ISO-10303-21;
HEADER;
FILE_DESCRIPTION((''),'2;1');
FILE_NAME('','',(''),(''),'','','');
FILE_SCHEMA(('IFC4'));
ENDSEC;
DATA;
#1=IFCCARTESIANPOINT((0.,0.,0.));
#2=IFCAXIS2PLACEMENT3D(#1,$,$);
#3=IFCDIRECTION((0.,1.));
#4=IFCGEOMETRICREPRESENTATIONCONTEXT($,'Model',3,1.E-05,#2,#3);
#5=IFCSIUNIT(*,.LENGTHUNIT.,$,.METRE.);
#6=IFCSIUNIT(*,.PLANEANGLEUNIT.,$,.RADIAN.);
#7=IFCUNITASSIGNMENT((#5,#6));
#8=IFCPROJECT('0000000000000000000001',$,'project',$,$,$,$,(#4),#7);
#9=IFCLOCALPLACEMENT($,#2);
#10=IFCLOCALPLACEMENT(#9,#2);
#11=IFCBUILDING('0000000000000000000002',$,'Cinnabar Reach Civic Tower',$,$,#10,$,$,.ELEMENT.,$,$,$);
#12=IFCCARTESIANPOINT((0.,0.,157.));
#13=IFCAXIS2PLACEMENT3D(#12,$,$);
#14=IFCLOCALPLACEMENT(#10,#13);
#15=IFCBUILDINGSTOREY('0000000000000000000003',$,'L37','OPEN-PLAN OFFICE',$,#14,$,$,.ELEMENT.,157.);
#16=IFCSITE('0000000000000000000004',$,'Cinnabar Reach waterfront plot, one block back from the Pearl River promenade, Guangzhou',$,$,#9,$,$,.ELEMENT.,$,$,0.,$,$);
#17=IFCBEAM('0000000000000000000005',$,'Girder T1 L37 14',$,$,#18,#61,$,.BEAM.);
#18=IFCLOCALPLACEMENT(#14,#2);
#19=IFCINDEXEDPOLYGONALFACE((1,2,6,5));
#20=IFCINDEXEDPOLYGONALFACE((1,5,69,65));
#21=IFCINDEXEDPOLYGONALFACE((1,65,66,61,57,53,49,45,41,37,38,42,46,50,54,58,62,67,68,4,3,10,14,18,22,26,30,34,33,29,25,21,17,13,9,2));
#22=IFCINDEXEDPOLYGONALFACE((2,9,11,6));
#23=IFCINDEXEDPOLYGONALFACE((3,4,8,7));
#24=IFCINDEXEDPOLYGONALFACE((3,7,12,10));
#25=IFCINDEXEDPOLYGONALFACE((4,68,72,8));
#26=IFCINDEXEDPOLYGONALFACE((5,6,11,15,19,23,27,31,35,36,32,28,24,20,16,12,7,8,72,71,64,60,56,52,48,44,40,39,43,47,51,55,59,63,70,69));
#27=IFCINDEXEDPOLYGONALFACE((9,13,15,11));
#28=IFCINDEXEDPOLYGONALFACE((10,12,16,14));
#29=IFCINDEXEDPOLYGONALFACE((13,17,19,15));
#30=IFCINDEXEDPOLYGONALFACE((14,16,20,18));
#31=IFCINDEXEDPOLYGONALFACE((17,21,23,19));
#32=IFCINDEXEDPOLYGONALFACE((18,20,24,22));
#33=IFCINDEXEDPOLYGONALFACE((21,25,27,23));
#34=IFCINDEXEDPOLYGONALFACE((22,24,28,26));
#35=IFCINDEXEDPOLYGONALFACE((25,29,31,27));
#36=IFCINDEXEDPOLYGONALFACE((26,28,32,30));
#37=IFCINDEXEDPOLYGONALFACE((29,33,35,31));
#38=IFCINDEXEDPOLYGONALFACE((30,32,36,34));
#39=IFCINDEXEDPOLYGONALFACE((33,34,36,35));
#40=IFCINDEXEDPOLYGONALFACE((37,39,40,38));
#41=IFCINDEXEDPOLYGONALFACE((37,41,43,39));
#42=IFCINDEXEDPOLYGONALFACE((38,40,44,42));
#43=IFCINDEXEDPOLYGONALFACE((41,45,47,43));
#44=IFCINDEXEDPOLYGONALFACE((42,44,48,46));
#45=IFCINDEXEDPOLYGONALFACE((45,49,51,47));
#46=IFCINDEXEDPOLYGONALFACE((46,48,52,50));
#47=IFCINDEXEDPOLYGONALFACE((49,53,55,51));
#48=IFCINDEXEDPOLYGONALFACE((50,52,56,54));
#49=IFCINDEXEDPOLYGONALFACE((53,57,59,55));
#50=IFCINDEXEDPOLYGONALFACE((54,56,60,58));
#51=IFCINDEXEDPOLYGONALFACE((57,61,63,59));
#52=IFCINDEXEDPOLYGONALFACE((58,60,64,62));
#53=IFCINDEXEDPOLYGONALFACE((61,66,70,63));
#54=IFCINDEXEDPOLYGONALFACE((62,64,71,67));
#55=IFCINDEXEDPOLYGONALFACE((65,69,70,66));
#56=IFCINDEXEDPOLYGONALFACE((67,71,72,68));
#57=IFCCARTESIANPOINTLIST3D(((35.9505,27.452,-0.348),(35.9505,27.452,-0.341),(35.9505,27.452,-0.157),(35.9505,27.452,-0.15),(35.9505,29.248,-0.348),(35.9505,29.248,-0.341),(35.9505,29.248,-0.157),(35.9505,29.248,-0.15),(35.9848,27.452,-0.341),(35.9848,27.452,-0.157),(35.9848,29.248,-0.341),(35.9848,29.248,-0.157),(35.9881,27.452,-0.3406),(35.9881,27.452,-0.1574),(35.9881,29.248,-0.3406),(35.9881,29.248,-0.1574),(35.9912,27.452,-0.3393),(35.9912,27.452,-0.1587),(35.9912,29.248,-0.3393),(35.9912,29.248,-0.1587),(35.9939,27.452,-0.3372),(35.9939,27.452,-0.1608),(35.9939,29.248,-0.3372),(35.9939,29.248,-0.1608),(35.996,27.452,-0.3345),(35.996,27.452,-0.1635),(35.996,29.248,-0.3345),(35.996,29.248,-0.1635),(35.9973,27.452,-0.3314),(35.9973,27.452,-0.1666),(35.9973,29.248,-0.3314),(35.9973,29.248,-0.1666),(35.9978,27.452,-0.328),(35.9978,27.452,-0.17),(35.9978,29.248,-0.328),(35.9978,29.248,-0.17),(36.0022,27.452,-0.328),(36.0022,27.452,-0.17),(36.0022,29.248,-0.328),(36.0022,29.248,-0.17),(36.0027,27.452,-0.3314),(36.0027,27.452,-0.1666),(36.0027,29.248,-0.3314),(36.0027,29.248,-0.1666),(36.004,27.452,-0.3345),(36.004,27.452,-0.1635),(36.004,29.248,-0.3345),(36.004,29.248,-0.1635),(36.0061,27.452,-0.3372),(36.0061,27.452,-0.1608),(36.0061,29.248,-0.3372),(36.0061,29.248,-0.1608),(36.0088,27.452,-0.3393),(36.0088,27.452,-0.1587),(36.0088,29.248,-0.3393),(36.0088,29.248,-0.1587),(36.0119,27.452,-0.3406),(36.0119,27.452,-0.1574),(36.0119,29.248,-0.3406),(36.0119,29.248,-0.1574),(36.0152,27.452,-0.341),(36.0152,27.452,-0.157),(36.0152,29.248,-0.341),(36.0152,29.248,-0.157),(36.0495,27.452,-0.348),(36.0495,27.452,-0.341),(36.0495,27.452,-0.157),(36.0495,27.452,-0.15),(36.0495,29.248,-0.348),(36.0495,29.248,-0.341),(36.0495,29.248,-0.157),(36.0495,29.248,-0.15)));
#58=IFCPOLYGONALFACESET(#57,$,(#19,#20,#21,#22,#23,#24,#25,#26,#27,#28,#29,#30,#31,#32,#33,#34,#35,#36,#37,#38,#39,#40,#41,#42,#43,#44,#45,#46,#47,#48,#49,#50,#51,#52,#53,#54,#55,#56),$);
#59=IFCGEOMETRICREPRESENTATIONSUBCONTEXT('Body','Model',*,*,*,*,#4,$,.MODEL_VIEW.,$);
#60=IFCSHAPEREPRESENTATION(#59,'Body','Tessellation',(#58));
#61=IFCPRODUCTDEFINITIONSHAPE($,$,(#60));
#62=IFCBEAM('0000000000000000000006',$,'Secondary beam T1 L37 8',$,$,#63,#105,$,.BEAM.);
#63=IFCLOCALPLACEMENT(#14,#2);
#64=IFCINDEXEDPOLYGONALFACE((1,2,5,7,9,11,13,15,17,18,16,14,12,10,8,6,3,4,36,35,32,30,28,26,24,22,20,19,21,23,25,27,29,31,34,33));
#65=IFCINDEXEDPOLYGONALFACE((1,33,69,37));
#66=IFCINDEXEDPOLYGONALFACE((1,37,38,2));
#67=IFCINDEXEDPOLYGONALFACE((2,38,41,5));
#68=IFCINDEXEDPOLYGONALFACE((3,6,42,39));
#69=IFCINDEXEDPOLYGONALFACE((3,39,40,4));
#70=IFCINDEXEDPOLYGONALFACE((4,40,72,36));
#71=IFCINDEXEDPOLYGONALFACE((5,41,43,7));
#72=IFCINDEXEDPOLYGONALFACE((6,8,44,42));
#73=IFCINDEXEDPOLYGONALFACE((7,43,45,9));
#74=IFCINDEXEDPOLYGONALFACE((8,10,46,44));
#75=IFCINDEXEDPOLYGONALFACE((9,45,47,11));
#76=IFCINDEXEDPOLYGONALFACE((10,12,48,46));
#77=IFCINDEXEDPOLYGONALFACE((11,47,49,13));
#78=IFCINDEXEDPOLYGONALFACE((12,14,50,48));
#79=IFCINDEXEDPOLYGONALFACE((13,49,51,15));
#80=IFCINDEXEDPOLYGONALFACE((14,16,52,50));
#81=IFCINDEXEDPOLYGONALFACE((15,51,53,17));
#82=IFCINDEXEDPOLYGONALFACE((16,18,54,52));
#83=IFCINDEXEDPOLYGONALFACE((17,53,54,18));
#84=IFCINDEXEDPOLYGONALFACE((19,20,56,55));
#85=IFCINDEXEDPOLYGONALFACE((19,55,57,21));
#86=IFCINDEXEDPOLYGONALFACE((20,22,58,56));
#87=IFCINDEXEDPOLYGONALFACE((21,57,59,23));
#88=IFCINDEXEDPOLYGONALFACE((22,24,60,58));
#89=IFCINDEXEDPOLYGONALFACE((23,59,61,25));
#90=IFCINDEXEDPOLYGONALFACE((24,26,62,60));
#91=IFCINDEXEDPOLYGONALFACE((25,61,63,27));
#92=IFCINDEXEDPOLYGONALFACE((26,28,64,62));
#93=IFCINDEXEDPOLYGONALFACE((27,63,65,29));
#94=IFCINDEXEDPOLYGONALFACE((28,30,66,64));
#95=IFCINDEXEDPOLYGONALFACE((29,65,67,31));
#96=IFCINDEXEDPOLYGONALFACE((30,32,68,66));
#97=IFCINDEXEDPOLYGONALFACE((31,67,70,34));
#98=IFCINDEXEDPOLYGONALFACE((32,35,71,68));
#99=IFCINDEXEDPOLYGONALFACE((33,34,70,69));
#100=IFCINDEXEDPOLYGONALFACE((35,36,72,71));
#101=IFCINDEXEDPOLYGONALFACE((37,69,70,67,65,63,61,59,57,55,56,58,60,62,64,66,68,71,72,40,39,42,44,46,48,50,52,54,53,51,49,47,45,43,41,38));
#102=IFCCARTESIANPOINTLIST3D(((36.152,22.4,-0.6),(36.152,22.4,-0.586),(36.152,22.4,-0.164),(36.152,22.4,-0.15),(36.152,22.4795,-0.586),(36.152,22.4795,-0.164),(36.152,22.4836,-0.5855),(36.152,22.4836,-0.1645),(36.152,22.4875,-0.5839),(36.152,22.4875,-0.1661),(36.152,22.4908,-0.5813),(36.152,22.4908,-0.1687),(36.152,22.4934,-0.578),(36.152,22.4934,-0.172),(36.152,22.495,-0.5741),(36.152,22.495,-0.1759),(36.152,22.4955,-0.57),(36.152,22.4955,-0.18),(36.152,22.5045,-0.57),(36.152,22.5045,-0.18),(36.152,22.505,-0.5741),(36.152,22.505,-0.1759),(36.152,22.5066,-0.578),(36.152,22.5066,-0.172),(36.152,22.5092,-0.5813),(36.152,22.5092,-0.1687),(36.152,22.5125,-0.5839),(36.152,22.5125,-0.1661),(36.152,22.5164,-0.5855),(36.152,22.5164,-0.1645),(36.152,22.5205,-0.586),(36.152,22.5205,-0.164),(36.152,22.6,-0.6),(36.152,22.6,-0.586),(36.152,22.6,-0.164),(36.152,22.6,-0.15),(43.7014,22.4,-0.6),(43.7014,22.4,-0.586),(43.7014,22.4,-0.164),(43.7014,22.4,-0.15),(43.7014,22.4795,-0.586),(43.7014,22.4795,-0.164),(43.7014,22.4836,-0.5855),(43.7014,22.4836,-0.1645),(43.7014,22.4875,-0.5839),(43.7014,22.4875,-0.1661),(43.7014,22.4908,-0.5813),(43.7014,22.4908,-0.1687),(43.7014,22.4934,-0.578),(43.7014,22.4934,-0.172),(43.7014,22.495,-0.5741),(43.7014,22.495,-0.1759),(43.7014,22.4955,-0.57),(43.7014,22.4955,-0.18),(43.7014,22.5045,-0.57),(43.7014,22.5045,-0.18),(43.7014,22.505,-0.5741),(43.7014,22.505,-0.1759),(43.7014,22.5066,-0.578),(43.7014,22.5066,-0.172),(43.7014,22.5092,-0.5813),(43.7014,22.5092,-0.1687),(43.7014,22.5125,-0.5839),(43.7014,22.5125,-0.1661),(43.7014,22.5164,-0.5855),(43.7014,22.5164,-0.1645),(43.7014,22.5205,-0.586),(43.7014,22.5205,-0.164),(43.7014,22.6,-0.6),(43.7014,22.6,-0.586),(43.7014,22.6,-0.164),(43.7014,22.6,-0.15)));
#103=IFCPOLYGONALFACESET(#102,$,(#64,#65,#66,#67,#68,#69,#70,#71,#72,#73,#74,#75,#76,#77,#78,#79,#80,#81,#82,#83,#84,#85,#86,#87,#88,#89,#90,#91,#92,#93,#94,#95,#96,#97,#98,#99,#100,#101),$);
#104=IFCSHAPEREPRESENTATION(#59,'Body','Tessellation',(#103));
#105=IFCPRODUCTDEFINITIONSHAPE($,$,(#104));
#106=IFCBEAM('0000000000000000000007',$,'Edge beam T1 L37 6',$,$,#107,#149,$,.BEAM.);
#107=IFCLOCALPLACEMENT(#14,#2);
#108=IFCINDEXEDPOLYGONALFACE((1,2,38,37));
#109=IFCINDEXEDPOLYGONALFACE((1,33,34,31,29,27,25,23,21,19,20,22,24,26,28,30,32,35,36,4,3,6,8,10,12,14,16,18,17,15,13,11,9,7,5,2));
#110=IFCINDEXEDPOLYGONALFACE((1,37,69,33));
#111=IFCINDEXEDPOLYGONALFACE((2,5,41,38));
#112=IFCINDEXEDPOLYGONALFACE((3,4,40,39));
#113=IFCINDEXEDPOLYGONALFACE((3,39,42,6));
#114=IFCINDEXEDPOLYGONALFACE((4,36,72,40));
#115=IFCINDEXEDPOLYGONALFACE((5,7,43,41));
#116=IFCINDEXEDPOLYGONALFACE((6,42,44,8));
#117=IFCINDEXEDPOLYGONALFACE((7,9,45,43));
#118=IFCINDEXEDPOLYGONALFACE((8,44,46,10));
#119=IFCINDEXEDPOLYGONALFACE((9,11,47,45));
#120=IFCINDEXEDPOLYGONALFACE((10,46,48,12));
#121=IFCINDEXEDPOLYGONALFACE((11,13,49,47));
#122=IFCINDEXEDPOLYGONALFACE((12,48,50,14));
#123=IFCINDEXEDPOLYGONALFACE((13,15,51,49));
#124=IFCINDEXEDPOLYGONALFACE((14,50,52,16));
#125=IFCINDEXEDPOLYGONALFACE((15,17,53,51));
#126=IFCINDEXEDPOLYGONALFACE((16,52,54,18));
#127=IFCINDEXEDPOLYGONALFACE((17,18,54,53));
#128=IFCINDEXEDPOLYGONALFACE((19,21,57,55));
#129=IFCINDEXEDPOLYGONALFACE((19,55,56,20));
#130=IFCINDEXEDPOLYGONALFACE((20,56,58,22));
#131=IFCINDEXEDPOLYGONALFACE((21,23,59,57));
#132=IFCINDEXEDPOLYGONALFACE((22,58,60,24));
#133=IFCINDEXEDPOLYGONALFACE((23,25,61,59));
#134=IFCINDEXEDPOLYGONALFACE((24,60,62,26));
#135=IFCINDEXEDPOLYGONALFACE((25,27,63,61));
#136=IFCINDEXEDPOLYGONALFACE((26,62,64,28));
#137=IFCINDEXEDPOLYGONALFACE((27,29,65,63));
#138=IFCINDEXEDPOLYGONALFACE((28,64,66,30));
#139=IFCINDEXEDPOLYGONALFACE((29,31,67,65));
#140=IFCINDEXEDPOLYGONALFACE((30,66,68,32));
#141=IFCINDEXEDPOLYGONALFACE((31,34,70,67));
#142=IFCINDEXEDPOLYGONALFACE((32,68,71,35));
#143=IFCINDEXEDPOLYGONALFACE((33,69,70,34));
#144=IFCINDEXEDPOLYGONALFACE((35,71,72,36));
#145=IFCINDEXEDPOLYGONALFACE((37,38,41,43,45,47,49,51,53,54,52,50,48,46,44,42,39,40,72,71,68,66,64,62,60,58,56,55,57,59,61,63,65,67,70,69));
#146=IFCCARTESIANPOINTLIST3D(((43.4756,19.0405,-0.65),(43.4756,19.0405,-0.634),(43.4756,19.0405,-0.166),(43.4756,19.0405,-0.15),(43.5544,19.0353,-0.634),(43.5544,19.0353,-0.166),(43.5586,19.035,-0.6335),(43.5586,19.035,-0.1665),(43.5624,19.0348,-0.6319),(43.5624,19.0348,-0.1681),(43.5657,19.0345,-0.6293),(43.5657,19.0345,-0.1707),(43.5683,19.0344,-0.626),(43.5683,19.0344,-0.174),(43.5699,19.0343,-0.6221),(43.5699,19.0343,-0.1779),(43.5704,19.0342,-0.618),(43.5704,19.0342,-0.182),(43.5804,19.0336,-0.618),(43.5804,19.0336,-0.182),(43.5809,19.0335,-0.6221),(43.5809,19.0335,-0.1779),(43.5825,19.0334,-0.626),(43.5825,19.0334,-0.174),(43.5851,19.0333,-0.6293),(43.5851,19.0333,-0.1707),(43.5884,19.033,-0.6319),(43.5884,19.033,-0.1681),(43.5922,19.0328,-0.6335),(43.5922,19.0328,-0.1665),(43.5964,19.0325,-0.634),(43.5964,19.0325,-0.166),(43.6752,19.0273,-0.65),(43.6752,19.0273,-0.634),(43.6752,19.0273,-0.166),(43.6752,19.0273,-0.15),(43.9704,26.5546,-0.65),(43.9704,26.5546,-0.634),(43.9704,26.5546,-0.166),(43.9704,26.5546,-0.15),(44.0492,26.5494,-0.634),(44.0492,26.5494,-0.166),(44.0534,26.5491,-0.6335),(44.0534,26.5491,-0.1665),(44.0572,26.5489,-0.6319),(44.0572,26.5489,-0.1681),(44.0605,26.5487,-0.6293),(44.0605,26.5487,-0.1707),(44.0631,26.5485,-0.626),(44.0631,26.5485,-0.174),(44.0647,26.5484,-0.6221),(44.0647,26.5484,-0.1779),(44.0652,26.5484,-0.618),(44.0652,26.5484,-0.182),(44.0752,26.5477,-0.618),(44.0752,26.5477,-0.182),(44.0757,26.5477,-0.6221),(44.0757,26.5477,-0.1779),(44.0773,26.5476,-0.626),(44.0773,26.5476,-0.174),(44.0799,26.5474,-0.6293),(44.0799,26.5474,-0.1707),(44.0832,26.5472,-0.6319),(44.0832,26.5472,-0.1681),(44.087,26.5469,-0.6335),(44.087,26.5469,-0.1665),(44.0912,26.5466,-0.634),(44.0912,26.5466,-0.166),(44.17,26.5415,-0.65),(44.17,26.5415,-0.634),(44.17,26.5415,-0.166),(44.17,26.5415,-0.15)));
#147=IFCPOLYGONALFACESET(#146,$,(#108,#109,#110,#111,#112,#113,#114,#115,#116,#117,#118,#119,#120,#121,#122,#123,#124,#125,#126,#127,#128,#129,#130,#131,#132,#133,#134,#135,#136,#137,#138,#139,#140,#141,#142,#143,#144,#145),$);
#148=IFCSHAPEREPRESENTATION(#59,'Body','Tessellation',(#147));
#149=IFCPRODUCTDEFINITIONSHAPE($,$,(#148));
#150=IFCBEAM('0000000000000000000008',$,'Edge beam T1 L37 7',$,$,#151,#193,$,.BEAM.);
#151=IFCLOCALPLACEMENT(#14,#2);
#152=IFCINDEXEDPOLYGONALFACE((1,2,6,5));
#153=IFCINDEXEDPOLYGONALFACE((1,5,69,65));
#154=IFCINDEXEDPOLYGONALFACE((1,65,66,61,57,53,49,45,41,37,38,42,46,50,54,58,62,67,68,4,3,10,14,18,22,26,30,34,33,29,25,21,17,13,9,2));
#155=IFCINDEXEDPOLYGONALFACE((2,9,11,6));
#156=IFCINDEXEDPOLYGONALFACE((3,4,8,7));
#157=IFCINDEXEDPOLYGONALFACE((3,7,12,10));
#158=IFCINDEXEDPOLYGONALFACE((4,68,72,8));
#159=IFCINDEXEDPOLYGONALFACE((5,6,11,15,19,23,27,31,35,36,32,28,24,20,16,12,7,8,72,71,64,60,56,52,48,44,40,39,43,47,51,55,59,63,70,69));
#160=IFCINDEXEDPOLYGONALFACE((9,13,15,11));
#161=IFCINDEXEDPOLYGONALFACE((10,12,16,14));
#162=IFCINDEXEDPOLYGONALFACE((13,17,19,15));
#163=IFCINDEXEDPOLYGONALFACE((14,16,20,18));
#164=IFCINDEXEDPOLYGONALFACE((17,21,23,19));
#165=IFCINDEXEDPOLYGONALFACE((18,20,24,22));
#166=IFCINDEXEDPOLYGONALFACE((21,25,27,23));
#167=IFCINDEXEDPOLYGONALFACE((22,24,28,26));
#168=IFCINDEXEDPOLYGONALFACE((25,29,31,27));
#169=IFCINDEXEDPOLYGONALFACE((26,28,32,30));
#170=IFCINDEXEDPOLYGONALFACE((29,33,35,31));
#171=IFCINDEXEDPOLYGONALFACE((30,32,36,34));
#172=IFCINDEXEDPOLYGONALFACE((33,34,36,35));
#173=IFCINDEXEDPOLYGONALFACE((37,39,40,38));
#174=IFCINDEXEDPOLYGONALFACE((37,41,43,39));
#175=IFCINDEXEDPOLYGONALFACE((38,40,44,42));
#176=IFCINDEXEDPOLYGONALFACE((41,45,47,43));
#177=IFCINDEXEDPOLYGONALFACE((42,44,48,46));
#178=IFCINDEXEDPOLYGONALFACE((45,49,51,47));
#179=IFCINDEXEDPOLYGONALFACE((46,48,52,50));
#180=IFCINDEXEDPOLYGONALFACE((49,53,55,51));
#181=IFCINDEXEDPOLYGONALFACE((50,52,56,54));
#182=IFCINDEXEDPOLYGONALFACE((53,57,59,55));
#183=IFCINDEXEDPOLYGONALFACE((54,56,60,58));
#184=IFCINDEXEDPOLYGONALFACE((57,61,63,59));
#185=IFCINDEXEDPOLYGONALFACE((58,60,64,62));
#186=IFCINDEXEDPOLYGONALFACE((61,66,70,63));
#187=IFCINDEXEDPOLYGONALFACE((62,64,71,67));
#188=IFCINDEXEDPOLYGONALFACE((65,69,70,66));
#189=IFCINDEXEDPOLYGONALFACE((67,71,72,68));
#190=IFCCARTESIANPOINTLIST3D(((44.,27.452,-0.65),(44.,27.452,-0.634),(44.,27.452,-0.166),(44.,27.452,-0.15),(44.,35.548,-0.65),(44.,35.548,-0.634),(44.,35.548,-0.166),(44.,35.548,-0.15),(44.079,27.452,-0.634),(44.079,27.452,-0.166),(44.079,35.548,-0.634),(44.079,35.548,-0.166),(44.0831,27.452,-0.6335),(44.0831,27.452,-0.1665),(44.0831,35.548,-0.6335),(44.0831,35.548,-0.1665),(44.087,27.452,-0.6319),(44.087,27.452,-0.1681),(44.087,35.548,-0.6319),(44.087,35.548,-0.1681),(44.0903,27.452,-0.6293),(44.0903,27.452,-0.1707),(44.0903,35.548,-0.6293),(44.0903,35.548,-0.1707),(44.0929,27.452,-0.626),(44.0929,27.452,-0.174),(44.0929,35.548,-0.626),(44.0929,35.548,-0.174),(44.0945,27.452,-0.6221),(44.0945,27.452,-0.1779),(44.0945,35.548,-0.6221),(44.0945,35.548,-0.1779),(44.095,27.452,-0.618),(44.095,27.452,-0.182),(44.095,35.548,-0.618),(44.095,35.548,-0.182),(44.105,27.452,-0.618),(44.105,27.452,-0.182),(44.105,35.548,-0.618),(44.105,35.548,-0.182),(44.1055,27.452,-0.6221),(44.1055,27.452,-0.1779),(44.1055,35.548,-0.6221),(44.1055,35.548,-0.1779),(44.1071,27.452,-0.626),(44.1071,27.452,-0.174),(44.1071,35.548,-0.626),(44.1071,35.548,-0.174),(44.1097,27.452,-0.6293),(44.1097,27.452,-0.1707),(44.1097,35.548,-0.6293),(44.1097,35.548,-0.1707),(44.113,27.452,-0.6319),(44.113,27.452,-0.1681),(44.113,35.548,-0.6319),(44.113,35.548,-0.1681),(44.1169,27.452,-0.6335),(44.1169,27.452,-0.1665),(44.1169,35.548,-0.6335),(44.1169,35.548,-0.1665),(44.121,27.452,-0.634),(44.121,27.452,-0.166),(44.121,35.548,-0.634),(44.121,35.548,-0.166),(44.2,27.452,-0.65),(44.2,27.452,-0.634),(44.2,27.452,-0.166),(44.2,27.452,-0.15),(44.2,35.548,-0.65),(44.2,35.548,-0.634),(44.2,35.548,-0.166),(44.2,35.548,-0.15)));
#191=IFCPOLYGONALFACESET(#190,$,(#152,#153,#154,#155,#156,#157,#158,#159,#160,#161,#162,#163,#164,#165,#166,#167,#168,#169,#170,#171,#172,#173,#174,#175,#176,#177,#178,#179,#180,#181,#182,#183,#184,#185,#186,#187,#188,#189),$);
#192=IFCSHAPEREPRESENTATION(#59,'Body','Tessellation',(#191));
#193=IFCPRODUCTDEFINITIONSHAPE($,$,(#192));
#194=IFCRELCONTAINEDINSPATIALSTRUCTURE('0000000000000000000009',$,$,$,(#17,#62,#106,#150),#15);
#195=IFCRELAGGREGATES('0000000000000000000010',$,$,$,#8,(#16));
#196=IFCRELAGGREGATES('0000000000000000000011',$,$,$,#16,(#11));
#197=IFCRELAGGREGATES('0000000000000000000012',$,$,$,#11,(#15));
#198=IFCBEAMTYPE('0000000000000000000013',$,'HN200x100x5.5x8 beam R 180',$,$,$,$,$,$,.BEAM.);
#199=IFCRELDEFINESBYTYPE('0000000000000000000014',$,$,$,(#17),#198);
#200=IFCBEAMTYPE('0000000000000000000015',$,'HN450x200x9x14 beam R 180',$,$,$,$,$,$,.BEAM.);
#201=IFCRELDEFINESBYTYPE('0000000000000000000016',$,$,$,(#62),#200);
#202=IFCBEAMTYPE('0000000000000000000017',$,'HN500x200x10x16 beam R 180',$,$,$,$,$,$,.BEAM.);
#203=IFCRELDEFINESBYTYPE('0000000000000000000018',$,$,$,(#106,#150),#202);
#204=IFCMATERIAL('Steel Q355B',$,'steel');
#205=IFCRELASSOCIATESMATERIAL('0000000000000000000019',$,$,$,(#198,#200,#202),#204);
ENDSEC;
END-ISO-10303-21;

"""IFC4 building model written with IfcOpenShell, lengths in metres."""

from ifc_helpers import new_model, si_unit, direction, frame, origin, origin_2d, place, context, subcontext, project, spatial, i_section, extrude, material, material_profile, profile_set, type_object, element, save


model = new_model("IFC4")

# Units and contexts
model_context = context("Model", 3, precision=1e-05, world=origin(), true_north=direction((0.0, 1.0)))
body_context = subcontext(model_context, "Body", "Model", "MODEL_VIEW")
ifc_project = project(units=[si_unit("LENGTHUNIT", "METRE"), si_unit("PLANEANGLEUNIT", "RADIAN")], contexts=[model_context])

# Site, building, storey
site_placement = place(None, origin())
site = spatial("IfcSite", under=ifc_project, at=site_placement, Name="Cinnabar Reach waterfront plot, one block back from the Pearl River promenade, Guangzhou", CompositionType="ELEMENT", RefElevation=0.0)
building_placement = place(site_placement, origin())
building = spatial("IfcBuilding", under=site, at=building_placement, Name="Cinnabar Reach Civic Tower", CompositionType="ELEMENT")
storey_placement = place(building_placement, frame((0.0, 0.0, 157.0)))
storey = spatial("IfcBuildingStorey", under=building, at=storey_placement, Name="L37", Description="OPEN-PLAN OFFICE", CompositionType="ELEMENT", Elevation=157.0)

# Beams
ifc_material_1 = material(Name="Steel Q355B", Category="steel")
ifc_material_profile_1 = material_profile(ifc_material_1, i_section(OverallWidth=0.099, OverallDepth=0.198, WebThickness=0.0045, FlangeThickness=0.007, FilletRadius=0.013, at=origin_2d()), Name="HN200x100x5.5x8")
ifc_profile_set_1 = profile_set([ifc_material_profile_1], Name="Steel Q355B")
beam_type_1 = type_object("IfcBeamType", Name="HN200x100x5.5x8 beam R 180", PredefinedType="BEAM", material=ifc_profile_set_1)
beam_1_placement = place(storey_placement, frame((36.0, 27.452, -0.249), z_axis=(0.0, 1.0, 0.0), x_axis=(-1.0, 0.0, 0.0)))
element("IfcBeam", 1, at=beam_1_placement, inside=storey, type_object=beam_type_1, Name="Girder T1 L37 14", PredefinedType="BEAM", context=body_context, shape_type="SweptSolid", body=[
    extrude(i_section(OverallWidth=0.099, OverallDepth=0.198, WebThickness=0.0045, FlangeThickness=0.007, FilletRadius=0.013, at=origin_2d()), origin(), (0.0, 0.0, 1.0), 1.796),
])
ifc_material_profile_2 = material_profile(ifc_material_1, i_section(OverallWidth=0.2, OverallDepth=0.45, WebThickness=0.009, FlangeThickness=0.014, FilletRadius=0.016, at=origin_2d()), Name="HN450x200x9x14")
ifc_profile_set_2 = profile_set([ifc_material_profile_2], Name="Steel Q355B")
beam_type_2 = type_object("IfcBeamType", Name="HN450x200x9x14 beam R 180", PredefinedType="BEAM", material=ifc_profile_set_2)
beam_2_placement = place(storey_placement, frame((36.152, 22.5, -0.375), z_axis=(1.0, 0.0, 0.0), x_axis=(0.0, 1.0, 0.0)))
element("IfcBeam", 2, at=beam_2_placement, inside=storey, type_object=beam_type_2, Name="Secondary beam T1 L37 8", PredefinedType="BEAM", context=body_context, shape_type="SweptSolid", body=[
    extrude(i_section(OverallWidth=0.2, OverallDepth=0.45, WebThickness=0.009, FlangeThickness=0.014, FilletRadius=0.016, at=origin_2d()), origin(), (0.0, 0.0, 1.0), 7.5494),
])
ifc_material_profile_3 = material_profile(ifc_material_1, i_section(OverallWidth=0.2, OverallDepth=0.5, WebThickness=0.01, FlangeThickness=0.016, FilletRadius=0.016, at=origin_2d()), Name="HN500x200x10x16")
ifc_profile_set_3 = profile_set([ifc_material_profile_3], Name="Steel Q355B")
beam_type_3 = type_object("IfcBeamType", Name="HN500x200x10x16 beam R 180", PredefinedType="BEAM", material=ifc_profile_set_3)
beam_3_placement = place(storey_placement, frame((43.5754, 19.0339, -0.4), z_axis=(0.065707, 0.997839, 0.0), x_axis=(-0.997839, 0.065707, 0.0)))
element("IfcBeam", 3, at=beam_3_placement, inside=storey, type_object=beam_type_3, Name="Edge beam T1 L37 6", PredefinedType="BEAM", context=body_context, shape_type="SweptSolid", body=[
    extrude(i_section(OverallWidth=0.2, OverallDepth=0.5, WebThickness=0.01, FlangeThickness=0.016, FilletRadius=0.016, at=origin_2d()), origin(), (0.0, 0.0, 1.0), 7.5304),
])
beam_4_placement = place(storey_placement, frame((44.1, 27.452, -0.4), z_axis=(0.0, 1.0, 0.0), x_axis=(-1.0, 0.0, 0.0)))
element("IfcBeam", 4, at=beam_4_placement, inside=storey, type_object=beam_type_3, Name="Edge beam T1 L37 7", PredefinedType="BEAM", context=body_context, shape_type="SweptSolid", body=[
    extrude(i_section(OverallWidth=0.2, OverallDepth=0.5, WebThickness=0.01, FlangeThickness=0.016, FilletRadius=0.016, at=origin_2d()), origin(), (0.0, 0.0, 1.0), 8.096),
])

save(model, "model.ifc")
